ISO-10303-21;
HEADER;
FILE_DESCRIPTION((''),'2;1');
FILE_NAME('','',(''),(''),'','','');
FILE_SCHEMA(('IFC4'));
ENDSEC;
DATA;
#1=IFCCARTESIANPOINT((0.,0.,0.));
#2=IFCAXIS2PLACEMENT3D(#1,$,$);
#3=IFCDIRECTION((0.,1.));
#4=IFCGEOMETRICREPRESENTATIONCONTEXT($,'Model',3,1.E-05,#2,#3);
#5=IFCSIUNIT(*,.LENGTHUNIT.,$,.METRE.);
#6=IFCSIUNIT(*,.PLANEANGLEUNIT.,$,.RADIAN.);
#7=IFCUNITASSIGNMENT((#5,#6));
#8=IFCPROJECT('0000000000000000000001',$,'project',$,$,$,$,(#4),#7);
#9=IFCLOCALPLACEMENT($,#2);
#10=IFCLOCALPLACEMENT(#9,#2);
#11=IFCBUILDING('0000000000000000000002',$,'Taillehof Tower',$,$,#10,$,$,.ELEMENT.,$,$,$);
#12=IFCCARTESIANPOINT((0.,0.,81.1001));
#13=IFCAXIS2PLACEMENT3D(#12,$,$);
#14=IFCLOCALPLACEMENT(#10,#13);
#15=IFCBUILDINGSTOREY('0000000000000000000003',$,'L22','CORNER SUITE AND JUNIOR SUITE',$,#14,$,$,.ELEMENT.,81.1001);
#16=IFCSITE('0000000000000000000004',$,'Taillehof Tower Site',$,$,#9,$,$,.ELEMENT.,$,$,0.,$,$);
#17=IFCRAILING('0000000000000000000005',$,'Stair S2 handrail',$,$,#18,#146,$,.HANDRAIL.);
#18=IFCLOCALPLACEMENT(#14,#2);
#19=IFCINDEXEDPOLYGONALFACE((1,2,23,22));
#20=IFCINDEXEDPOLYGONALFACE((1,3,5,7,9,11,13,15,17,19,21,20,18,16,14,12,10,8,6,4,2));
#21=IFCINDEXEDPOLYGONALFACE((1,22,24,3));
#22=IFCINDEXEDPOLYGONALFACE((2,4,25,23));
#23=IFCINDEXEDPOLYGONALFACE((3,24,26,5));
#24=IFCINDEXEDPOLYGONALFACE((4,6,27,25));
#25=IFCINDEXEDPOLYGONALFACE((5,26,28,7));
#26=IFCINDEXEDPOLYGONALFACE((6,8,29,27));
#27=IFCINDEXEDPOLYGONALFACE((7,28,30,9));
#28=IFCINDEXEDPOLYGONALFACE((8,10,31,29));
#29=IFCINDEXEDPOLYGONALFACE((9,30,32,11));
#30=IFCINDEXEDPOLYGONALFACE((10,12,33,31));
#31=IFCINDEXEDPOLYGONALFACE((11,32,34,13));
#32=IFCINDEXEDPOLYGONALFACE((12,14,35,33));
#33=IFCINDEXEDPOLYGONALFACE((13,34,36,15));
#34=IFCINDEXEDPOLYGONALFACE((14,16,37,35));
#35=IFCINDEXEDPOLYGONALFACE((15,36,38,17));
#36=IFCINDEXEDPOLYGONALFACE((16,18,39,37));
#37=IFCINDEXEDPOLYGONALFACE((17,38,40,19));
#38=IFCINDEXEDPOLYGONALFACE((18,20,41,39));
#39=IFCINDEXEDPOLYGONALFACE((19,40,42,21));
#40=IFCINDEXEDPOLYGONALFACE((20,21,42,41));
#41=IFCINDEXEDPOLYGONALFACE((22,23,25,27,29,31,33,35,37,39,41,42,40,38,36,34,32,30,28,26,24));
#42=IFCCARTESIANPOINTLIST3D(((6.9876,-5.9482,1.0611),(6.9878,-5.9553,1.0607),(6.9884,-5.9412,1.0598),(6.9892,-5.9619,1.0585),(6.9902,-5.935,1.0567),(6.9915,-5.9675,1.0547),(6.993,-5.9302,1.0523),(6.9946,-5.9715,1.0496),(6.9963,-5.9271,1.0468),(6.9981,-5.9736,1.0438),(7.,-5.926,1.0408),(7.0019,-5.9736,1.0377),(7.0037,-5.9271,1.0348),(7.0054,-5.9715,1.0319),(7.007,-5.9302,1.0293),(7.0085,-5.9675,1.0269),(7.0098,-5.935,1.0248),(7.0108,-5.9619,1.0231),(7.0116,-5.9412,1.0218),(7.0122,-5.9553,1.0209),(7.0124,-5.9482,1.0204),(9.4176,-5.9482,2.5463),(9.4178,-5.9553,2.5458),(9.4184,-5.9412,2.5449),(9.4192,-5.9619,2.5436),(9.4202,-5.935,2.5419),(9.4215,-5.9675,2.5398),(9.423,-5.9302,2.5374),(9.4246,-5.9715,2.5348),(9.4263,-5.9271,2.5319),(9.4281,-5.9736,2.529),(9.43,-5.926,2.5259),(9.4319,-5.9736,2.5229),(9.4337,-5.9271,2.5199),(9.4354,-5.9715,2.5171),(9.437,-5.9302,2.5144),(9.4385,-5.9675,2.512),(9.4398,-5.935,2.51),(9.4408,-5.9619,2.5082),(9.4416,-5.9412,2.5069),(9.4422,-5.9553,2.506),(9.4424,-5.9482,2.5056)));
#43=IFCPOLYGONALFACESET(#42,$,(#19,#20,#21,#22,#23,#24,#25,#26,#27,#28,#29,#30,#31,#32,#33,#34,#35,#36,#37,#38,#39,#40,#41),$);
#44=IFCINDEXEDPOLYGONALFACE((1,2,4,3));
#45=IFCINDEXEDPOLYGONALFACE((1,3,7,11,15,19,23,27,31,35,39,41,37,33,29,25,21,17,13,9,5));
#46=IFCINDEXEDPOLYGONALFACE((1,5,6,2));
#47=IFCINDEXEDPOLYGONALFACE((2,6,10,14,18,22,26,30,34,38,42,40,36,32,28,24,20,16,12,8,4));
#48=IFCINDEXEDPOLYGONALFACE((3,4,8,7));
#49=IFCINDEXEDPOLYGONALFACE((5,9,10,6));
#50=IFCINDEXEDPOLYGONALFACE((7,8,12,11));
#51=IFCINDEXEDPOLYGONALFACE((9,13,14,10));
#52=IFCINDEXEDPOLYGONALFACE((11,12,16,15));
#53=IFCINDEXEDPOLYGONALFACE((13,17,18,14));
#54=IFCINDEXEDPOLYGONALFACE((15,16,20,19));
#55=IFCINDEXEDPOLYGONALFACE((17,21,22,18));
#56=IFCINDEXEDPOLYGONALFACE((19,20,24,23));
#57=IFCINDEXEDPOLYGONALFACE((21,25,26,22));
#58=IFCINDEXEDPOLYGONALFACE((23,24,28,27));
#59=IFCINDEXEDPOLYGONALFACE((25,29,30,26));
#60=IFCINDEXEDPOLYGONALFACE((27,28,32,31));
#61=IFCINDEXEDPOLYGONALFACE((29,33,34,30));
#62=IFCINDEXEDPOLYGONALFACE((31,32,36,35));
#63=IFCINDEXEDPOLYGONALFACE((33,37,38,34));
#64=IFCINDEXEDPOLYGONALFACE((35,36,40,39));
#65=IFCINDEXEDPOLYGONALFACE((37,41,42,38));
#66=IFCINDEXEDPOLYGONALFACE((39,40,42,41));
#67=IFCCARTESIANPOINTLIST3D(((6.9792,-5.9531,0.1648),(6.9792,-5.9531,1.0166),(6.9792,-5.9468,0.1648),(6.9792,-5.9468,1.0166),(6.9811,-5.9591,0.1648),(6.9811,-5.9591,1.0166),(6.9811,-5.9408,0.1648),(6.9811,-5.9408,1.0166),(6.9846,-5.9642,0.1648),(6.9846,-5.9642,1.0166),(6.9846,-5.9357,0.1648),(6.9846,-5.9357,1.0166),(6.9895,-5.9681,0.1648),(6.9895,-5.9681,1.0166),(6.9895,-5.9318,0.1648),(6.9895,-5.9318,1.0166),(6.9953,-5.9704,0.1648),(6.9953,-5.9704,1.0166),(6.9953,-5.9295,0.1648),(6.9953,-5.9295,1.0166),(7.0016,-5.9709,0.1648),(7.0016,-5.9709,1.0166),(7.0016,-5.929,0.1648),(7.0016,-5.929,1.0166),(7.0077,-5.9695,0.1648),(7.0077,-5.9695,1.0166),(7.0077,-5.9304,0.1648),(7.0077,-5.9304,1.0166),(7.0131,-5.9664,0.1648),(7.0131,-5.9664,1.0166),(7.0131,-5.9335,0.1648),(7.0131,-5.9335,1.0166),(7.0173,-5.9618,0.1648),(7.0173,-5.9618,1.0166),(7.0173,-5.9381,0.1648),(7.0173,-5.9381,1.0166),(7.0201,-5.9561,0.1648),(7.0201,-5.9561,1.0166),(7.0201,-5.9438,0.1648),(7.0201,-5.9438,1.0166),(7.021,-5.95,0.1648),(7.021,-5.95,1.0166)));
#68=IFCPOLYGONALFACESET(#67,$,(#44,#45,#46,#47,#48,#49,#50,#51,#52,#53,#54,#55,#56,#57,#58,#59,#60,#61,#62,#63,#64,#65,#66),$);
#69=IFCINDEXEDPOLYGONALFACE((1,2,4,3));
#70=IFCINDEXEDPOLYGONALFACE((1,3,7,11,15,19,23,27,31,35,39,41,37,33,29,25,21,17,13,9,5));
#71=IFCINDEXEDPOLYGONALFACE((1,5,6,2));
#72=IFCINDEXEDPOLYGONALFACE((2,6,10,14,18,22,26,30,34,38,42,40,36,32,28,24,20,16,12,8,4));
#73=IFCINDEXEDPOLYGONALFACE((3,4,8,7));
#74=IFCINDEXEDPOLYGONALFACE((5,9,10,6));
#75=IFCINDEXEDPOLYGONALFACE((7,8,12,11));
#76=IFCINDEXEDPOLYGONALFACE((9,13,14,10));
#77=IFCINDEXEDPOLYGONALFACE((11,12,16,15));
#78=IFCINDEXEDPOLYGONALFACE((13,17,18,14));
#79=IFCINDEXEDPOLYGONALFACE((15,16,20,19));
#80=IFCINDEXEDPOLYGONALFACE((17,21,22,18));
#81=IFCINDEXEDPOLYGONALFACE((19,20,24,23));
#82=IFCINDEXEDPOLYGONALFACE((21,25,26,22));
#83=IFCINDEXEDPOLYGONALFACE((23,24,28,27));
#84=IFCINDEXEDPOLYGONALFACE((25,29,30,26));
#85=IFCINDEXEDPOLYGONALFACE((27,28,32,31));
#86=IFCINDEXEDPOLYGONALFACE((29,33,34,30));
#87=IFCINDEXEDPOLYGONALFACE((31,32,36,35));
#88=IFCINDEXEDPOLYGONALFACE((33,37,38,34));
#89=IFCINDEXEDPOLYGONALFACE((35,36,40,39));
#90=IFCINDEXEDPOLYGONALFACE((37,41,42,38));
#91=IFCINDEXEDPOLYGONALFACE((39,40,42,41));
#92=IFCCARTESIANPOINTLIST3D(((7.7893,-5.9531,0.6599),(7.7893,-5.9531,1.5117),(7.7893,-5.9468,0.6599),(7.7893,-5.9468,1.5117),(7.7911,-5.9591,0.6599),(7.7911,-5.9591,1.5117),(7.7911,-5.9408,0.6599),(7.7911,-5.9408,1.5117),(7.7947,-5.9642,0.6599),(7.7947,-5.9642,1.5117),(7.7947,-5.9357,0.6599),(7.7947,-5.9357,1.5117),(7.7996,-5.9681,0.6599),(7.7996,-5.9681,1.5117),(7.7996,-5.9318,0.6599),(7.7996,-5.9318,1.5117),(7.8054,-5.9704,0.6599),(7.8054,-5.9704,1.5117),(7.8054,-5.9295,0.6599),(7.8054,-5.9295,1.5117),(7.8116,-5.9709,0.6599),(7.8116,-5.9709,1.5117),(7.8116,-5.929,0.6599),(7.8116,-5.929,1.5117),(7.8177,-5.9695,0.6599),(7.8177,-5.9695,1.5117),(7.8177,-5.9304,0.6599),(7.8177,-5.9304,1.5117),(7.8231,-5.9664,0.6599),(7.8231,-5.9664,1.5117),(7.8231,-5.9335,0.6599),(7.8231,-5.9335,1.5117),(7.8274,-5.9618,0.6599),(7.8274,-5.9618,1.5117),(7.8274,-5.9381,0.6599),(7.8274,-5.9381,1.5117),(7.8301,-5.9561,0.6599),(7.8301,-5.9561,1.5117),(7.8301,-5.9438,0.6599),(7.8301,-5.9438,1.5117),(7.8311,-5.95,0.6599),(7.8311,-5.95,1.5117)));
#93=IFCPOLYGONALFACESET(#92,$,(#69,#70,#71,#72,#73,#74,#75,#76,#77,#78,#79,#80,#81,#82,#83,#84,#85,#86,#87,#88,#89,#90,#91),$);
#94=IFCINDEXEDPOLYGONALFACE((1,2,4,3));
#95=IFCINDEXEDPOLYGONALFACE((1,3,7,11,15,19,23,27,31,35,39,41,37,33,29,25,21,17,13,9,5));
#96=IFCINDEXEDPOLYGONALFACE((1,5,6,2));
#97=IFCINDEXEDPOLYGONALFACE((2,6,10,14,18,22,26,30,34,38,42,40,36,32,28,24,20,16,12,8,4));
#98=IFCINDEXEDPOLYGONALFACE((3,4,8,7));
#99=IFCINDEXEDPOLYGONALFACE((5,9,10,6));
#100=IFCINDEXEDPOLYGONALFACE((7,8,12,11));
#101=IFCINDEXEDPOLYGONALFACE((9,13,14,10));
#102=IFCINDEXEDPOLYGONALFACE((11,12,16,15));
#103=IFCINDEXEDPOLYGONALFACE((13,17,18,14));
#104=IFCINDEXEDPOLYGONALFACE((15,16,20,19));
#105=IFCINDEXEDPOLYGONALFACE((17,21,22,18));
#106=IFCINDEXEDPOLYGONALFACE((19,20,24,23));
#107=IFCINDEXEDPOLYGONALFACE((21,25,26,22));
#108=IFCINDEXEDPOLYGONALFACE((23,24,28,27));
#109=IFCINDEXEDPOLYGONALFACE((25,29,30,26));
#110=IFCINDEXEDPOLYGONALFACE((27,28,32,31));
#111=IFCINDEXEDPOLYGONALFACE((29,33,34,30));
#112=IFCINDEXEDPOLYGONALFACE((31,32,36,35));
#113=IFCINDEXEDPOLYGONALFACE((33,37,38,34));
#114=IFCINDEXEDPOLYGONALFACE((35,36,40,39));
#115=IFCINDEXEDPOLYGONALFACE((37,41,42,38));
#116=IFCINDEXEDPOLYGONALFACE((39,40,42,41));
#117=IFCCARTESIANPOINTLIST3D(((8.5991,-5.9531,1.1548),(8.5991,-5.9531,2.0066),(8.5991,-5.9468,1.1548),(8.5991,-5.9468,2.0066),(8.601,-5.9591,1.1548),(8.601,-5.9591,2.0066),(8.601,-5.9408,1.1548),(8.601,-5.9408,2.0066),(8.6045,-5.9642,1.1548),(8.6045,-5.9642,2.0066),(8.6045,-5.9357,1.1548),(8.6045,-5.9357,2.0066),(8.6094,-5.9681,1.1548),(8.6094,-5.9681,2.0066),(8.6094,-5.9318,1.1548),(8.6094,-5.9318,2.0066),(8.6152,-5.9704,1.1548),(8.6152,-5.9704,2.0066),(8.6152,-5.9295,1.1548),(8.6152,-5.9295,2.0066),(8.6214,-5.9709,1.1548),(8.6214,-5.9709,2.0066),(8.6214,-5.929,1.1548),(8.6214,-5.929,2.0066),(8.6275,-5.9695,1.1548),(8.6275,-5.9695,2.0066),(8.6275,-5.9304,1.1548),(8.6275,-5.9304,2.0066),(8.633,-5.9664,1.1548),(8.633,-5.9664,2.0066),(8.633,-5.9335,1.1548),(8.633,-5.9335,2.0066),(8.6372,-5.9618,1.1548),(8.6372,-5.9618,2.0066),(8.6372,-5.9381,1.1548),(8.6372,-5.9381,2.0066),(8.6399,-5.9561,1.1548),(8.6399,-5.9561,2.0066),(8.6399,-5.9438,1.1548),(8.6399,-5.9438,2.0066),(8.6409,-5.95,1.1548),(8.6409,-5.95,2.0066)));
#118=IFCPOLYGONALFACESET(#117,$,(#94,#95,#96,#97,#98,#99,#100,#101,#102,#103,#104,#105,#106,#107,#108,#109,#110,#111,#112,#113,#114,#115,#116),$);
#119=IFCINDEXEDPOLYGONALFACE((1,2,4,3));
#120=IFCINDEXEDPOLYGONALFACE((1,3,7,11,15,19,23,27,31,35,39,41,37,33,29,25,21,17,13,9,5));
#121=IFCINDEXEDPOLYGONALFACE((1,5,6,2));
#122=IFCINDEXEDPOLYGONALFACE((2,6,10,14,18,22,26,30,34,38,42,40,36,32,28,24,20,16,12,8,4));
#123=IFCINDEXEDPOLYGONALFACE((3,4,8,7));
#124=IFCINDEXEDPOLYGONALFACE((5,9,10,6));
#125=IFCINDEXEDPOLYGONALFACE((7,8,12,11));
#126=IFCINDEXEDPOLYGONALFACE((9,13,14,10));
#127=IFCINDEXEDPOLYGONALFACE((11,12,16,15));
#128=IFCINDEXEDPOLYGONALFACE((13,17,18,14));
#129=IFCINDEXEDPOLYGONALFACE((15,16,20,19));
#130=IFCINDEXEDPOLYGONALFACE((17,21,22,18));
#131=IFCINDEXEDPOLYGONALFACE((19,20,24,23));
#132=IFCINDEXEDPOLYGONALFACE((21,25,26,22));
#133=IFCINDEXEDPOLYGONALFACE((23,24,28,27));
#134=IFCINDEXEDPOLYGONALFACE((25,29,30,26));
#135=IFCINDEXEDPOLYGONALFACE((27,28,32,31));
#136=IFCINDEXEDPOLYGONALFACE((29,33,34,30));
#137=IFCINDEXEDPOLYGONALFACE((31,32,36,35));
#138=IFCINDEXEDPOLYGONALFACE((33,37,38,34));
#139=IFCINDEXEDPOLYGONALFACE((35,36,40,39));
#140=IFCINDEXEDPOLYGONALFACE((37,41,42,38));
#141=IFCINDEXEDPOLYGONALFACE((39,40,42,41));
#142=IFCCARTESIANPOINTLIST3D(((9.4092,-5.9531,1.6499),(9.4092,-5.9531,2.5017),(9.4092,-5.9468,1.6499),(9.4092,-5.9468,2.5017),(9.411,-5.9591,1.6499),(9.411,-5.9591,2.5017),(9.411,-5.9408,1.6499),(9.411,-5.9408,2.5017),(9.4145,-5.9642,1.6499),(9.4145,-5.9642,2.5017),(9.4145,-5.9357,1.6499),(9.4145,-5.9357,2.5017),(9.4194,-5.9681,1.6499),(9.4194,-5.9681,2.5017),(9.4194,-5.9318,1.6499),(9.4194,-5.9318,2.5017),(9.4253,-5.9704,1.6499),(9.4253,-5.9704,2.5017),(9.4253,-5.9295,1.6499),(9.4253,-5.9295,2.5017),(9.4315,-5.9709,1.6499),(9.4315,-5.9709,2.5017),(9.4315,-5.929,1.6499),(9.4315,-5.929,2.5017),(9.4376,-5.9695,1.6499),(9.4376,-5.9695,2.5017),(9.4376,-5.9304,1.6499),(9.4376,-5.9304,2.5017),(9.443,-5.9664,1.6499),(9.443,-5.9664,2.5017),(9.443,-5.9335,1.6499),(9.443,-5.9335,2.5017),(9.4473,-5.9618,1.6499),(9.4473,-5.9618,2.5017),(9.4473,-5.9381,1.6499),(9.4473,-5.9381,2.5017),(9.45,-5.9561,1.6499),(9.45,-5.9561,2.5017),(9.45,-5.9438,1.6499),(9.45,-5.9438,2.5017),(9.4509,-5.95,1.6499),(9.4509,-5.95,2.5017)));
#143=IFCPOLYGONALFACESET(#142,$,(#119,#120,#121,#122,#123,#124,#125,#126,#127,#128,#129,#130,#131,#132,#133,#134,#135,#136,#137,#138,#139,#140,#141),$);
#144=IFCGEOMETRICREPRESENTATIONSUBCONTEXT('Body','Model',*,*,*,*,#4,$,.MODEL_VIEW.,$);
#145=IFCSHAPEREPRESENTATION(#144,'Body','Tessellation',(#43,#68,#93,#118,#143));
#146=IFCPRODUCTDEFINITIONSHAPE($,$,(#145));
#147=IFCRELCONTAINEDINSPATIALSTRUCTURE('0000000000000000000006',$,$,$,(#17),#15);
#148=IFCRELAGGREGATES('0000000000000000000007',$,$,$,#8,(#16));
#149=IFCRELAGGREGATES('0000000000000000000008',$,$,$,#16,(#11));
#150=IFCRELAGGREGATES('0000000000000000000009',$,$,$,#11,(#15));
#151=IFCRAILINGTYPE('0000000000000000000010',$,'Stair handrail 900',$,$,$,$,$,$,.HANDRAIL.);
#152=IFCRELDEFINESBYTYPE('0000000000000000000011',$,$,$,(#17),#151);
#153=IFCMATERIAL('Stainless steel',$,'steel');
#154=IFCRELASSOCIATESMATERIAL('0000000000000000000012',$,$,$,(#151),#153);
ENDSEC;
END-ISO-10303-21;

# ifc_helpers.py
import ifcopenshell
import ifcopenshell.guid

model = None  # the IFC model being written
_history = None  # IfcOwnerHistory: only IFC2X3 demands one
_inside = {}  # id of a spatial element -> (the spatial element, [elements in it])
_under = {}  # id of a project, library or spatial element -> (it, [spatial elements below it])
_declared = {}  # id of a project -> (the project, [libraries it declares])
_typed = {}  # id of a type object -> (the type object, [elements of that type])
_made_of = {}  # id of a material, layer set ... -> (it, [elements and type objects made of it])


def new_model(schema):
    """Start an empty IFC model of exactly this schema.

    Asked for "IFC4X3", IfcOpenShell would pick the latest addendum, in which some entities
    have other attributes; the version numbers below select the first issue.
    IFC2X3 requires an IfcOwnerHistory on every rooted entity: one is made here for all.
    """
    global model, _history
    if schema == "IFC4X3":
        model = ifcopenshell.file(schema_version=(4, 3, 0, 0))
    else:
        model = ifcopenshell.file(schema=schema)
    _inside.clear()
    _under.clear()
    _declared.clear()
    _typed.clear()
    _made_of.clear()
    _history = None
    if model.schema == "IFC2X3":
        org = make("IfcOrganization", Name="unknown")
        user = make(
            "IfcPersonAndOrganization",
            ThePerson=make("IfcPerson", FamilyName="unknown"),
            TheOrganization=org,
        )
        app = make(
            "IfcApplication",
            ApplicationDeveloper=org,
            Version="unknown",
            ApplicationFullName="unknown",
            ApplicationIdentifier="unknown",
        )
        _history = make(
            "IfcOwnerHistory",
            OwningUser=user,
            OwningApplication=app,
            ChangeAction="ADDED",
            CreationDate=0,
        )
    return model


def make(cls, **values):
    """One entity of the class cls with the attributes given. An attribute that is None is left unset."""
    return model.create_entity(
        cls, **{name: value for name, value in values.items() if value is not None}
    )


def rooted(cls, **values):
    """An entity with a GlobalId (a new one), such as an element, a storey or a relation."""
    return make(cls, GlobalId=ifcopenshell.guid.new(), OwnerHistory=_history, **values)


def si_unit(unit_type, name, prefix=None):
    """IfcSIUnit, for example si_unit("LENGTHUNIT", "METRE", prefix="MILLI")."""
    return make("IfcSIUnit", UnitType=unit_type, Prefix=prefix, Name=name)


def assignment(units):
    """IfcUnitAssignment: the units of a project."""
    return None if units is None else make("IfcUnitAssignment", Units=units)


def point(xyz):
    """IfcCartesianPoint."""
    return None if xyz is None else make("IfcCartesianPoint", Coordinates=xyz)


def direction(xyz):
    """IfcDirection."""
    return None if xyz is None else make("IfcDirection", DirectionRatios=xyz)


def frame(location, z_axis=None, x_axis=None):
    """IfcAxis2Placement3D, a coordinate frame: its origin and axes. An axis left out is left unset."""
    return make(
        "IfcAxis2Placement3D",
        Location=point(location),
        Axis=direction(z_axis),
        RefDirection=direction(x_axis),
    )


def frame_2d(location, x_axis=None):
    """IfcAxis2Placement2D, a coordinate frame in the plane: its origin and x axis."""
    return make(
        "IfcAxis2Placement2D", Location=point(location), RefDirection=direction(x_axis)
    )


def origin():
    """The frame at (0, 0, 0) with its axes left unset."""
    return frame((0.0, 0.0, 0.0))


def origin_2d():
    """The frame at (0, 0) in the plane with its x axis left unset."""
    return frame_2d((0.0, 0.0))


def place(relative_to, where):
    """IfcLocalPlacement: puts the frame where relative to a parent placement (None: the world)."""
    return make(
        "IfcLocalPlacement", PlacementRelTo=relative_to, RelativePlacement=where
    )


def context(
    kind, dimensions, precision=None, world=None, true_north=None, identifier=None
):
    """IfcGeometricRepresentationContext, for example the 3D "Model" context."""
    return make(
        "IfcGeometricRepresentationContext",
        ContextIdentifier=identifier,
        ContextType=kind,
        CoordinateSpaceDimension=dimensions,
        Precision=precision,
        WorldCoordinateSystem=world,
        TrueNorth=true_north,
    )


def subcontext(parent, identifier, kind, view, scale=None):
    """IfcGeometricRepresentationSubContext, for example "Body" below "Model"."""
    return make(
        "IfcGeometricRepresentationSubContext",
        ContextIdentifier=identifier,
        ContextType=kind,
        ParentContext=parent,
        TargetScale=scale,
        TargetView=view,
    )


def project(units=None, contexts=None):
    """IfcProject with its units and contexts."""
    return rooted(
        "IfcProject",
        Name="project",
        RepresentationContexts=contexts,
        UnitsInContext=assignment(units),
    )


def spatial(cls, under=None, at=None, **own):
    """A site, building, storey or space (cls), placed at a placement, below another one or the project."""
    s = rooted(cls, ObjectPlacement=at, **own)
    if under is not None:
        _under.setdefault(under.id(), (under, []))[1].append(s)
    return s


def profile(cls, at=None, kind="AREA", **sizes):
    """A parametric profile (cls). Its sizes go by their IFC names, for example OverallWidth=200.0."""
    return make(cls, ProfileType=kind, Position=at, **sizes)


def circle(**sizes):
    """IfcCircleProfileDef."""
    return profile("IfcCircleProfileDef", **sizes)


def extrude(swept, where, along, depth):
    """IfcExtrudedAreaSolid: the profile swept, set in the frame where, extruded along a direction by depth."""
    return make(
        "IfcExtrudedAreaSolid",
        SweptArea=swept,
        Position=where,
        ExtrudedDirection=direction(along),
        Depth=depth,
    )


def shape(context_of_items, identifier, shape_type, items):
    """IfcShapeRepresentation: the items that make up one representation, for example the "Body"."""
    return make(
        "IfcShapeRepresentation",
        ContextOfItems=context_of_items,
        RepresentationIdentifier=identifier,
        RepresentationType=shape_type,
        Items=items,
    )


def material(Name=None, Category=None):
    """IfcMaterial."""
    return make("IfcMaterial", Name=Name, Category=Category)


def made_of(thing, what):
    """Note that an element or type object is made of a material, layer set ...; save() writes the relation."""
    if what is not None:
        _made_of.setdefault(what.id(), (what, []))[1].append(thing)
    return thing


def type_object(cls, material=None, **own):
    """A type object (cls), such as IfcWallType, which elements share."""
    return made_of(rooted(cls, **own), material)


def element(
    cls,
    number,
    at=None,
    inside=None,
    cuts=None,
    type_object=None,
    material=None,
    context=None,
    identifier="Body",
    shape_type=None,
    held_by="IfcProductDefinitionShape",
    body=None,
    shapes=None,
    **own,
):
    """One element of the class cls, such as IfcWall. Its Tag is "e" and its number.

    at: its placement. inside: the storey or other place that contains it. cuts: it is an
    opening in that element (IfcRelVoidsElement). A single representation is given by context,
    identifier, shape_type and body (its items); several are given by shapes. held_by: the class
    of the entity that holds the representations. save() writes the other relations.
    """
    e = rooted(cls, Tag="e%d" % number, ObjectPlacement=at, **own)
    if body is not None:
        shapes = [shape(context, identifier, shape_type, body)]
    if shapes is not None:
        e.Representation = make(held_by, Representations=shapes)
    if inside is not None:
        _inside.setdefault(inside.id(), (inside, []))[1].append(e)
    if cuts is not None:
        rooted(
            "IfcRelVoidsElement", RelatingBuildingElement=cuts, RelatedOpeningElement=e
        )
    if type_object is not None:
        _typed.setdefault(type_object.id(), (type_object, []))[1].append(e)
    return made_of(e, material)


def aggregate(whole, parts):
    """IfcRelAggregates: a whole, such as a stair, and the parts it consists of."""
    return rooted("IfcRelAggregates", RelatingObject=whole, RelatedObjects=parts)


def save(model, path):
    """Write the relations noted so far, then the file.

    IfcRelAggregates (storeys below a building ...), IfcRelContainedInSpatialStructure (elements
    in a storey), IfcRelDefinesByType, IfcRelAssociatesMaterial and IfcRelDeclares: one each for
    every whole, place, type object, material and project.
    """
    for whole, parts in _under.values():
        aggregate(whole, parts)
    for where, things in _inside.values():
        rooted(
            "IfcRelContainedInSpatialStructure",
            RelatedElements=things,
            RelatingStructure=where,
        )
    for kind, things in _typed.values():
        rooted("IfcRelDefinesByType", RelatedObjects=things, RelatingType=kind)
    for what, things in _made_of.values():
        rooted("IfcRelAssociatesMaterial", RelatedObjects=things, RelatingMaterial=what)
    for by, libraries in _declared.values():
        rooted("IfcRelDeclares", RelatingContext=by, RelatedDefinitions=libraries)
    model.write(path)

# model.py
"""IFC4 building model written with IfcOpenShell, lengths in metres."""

from ifc_helpers import new_model, si_unit, direction, frame, origin, origin_2d, place, context, subcontext, project, spatial, circle, extrude, material, type_object, element, save


model = new_model("IFC4")

# Units and contexts
model_context = context("Model", 3, precision=1e-05, world=origin(), true_north=direction((0.0, 1.0)))
body_context = subcontext(model_context, "Body", "Model", "MODEL_VIEW")
ifc_project = project(units=[si_unit("LENGTHUNIT", "METRE"), si_unit("PLANEANGLEUNIT", "RADIAN")], contexts=[model_context])

# Site, building, storey
site_placement = place(None, origin())
site = spatial("IfcSite", under=ifc_project, at=site_placement, Name="Taillehof Tower Site", CompositionType="ELEMENT", RefElevation=0.0)
building_placement = place(site_placement, origin())
building = spatial("IfcBuilding", under=site, at=building_placement, Name="Taillehof Tower", CompositionType="ELEMENT")
storey_placement = place(building_placement, frame((0.0, 0.0, 81.1001)))
storey = spatial("IfcBuildingStorey", under=building, at=storey_placement, Name="L22", Description="CORNER SUITE AND JUNIOR SUITE", CompositionType="ELEMENT", Elevation=81.1001)

# Railing
ifc_material_1 = material(Name="Stainless steel", Category="steel")
railing_type = type_object("IfcRailingType", Name="Stair handrail 900", PredefinedType="HANDRAIL", material=ifc_material_1)
railing_1_placement = place(storey_placement, frame((7.0, -5.95, 0.1648)))
element("IfcRailing", 1, at=railing_1_placement, inside=storey, type_object=railing_type, Name="Stair S2 handrail", PredefinedType="HANDRAIL", context=body_context, shape_type="SweptSolid", body=[
    extrude(circle(Radius=0.0239, at=origin_2d()), frame((0.0, 0.0, 0.876), z_axis=(0.853259, 0.0, 0.521488), x_axis=(0.0, 1.0, 0.0)), (0.0, 0.0, 1.0), 2.8479),
    extrude(circle(Radius=0.021, at=origin_2d()), origin(), (0.0, 0.0, 1.0), 0.8518),
    extrude(circle(Radius=0.021, at=origin_2d()), frame((0.8101, 0.0, 0.4951)), (0.0, 0.0, 1.0), 0.8518),
    extrude(circle(Radius=0.021, at=origin_2d()), frame((1.6199, 0.0, 0.99)), (0.0, 0.0, 1.0), 0.8518),
    extrude(circle(Radius=0.021, at=origin_2d()), frame((2.4299, 0.0, 1.4851)), (0.0, 0.0, 1.0), 0.8518),
])

save(model, "model.ifc")
